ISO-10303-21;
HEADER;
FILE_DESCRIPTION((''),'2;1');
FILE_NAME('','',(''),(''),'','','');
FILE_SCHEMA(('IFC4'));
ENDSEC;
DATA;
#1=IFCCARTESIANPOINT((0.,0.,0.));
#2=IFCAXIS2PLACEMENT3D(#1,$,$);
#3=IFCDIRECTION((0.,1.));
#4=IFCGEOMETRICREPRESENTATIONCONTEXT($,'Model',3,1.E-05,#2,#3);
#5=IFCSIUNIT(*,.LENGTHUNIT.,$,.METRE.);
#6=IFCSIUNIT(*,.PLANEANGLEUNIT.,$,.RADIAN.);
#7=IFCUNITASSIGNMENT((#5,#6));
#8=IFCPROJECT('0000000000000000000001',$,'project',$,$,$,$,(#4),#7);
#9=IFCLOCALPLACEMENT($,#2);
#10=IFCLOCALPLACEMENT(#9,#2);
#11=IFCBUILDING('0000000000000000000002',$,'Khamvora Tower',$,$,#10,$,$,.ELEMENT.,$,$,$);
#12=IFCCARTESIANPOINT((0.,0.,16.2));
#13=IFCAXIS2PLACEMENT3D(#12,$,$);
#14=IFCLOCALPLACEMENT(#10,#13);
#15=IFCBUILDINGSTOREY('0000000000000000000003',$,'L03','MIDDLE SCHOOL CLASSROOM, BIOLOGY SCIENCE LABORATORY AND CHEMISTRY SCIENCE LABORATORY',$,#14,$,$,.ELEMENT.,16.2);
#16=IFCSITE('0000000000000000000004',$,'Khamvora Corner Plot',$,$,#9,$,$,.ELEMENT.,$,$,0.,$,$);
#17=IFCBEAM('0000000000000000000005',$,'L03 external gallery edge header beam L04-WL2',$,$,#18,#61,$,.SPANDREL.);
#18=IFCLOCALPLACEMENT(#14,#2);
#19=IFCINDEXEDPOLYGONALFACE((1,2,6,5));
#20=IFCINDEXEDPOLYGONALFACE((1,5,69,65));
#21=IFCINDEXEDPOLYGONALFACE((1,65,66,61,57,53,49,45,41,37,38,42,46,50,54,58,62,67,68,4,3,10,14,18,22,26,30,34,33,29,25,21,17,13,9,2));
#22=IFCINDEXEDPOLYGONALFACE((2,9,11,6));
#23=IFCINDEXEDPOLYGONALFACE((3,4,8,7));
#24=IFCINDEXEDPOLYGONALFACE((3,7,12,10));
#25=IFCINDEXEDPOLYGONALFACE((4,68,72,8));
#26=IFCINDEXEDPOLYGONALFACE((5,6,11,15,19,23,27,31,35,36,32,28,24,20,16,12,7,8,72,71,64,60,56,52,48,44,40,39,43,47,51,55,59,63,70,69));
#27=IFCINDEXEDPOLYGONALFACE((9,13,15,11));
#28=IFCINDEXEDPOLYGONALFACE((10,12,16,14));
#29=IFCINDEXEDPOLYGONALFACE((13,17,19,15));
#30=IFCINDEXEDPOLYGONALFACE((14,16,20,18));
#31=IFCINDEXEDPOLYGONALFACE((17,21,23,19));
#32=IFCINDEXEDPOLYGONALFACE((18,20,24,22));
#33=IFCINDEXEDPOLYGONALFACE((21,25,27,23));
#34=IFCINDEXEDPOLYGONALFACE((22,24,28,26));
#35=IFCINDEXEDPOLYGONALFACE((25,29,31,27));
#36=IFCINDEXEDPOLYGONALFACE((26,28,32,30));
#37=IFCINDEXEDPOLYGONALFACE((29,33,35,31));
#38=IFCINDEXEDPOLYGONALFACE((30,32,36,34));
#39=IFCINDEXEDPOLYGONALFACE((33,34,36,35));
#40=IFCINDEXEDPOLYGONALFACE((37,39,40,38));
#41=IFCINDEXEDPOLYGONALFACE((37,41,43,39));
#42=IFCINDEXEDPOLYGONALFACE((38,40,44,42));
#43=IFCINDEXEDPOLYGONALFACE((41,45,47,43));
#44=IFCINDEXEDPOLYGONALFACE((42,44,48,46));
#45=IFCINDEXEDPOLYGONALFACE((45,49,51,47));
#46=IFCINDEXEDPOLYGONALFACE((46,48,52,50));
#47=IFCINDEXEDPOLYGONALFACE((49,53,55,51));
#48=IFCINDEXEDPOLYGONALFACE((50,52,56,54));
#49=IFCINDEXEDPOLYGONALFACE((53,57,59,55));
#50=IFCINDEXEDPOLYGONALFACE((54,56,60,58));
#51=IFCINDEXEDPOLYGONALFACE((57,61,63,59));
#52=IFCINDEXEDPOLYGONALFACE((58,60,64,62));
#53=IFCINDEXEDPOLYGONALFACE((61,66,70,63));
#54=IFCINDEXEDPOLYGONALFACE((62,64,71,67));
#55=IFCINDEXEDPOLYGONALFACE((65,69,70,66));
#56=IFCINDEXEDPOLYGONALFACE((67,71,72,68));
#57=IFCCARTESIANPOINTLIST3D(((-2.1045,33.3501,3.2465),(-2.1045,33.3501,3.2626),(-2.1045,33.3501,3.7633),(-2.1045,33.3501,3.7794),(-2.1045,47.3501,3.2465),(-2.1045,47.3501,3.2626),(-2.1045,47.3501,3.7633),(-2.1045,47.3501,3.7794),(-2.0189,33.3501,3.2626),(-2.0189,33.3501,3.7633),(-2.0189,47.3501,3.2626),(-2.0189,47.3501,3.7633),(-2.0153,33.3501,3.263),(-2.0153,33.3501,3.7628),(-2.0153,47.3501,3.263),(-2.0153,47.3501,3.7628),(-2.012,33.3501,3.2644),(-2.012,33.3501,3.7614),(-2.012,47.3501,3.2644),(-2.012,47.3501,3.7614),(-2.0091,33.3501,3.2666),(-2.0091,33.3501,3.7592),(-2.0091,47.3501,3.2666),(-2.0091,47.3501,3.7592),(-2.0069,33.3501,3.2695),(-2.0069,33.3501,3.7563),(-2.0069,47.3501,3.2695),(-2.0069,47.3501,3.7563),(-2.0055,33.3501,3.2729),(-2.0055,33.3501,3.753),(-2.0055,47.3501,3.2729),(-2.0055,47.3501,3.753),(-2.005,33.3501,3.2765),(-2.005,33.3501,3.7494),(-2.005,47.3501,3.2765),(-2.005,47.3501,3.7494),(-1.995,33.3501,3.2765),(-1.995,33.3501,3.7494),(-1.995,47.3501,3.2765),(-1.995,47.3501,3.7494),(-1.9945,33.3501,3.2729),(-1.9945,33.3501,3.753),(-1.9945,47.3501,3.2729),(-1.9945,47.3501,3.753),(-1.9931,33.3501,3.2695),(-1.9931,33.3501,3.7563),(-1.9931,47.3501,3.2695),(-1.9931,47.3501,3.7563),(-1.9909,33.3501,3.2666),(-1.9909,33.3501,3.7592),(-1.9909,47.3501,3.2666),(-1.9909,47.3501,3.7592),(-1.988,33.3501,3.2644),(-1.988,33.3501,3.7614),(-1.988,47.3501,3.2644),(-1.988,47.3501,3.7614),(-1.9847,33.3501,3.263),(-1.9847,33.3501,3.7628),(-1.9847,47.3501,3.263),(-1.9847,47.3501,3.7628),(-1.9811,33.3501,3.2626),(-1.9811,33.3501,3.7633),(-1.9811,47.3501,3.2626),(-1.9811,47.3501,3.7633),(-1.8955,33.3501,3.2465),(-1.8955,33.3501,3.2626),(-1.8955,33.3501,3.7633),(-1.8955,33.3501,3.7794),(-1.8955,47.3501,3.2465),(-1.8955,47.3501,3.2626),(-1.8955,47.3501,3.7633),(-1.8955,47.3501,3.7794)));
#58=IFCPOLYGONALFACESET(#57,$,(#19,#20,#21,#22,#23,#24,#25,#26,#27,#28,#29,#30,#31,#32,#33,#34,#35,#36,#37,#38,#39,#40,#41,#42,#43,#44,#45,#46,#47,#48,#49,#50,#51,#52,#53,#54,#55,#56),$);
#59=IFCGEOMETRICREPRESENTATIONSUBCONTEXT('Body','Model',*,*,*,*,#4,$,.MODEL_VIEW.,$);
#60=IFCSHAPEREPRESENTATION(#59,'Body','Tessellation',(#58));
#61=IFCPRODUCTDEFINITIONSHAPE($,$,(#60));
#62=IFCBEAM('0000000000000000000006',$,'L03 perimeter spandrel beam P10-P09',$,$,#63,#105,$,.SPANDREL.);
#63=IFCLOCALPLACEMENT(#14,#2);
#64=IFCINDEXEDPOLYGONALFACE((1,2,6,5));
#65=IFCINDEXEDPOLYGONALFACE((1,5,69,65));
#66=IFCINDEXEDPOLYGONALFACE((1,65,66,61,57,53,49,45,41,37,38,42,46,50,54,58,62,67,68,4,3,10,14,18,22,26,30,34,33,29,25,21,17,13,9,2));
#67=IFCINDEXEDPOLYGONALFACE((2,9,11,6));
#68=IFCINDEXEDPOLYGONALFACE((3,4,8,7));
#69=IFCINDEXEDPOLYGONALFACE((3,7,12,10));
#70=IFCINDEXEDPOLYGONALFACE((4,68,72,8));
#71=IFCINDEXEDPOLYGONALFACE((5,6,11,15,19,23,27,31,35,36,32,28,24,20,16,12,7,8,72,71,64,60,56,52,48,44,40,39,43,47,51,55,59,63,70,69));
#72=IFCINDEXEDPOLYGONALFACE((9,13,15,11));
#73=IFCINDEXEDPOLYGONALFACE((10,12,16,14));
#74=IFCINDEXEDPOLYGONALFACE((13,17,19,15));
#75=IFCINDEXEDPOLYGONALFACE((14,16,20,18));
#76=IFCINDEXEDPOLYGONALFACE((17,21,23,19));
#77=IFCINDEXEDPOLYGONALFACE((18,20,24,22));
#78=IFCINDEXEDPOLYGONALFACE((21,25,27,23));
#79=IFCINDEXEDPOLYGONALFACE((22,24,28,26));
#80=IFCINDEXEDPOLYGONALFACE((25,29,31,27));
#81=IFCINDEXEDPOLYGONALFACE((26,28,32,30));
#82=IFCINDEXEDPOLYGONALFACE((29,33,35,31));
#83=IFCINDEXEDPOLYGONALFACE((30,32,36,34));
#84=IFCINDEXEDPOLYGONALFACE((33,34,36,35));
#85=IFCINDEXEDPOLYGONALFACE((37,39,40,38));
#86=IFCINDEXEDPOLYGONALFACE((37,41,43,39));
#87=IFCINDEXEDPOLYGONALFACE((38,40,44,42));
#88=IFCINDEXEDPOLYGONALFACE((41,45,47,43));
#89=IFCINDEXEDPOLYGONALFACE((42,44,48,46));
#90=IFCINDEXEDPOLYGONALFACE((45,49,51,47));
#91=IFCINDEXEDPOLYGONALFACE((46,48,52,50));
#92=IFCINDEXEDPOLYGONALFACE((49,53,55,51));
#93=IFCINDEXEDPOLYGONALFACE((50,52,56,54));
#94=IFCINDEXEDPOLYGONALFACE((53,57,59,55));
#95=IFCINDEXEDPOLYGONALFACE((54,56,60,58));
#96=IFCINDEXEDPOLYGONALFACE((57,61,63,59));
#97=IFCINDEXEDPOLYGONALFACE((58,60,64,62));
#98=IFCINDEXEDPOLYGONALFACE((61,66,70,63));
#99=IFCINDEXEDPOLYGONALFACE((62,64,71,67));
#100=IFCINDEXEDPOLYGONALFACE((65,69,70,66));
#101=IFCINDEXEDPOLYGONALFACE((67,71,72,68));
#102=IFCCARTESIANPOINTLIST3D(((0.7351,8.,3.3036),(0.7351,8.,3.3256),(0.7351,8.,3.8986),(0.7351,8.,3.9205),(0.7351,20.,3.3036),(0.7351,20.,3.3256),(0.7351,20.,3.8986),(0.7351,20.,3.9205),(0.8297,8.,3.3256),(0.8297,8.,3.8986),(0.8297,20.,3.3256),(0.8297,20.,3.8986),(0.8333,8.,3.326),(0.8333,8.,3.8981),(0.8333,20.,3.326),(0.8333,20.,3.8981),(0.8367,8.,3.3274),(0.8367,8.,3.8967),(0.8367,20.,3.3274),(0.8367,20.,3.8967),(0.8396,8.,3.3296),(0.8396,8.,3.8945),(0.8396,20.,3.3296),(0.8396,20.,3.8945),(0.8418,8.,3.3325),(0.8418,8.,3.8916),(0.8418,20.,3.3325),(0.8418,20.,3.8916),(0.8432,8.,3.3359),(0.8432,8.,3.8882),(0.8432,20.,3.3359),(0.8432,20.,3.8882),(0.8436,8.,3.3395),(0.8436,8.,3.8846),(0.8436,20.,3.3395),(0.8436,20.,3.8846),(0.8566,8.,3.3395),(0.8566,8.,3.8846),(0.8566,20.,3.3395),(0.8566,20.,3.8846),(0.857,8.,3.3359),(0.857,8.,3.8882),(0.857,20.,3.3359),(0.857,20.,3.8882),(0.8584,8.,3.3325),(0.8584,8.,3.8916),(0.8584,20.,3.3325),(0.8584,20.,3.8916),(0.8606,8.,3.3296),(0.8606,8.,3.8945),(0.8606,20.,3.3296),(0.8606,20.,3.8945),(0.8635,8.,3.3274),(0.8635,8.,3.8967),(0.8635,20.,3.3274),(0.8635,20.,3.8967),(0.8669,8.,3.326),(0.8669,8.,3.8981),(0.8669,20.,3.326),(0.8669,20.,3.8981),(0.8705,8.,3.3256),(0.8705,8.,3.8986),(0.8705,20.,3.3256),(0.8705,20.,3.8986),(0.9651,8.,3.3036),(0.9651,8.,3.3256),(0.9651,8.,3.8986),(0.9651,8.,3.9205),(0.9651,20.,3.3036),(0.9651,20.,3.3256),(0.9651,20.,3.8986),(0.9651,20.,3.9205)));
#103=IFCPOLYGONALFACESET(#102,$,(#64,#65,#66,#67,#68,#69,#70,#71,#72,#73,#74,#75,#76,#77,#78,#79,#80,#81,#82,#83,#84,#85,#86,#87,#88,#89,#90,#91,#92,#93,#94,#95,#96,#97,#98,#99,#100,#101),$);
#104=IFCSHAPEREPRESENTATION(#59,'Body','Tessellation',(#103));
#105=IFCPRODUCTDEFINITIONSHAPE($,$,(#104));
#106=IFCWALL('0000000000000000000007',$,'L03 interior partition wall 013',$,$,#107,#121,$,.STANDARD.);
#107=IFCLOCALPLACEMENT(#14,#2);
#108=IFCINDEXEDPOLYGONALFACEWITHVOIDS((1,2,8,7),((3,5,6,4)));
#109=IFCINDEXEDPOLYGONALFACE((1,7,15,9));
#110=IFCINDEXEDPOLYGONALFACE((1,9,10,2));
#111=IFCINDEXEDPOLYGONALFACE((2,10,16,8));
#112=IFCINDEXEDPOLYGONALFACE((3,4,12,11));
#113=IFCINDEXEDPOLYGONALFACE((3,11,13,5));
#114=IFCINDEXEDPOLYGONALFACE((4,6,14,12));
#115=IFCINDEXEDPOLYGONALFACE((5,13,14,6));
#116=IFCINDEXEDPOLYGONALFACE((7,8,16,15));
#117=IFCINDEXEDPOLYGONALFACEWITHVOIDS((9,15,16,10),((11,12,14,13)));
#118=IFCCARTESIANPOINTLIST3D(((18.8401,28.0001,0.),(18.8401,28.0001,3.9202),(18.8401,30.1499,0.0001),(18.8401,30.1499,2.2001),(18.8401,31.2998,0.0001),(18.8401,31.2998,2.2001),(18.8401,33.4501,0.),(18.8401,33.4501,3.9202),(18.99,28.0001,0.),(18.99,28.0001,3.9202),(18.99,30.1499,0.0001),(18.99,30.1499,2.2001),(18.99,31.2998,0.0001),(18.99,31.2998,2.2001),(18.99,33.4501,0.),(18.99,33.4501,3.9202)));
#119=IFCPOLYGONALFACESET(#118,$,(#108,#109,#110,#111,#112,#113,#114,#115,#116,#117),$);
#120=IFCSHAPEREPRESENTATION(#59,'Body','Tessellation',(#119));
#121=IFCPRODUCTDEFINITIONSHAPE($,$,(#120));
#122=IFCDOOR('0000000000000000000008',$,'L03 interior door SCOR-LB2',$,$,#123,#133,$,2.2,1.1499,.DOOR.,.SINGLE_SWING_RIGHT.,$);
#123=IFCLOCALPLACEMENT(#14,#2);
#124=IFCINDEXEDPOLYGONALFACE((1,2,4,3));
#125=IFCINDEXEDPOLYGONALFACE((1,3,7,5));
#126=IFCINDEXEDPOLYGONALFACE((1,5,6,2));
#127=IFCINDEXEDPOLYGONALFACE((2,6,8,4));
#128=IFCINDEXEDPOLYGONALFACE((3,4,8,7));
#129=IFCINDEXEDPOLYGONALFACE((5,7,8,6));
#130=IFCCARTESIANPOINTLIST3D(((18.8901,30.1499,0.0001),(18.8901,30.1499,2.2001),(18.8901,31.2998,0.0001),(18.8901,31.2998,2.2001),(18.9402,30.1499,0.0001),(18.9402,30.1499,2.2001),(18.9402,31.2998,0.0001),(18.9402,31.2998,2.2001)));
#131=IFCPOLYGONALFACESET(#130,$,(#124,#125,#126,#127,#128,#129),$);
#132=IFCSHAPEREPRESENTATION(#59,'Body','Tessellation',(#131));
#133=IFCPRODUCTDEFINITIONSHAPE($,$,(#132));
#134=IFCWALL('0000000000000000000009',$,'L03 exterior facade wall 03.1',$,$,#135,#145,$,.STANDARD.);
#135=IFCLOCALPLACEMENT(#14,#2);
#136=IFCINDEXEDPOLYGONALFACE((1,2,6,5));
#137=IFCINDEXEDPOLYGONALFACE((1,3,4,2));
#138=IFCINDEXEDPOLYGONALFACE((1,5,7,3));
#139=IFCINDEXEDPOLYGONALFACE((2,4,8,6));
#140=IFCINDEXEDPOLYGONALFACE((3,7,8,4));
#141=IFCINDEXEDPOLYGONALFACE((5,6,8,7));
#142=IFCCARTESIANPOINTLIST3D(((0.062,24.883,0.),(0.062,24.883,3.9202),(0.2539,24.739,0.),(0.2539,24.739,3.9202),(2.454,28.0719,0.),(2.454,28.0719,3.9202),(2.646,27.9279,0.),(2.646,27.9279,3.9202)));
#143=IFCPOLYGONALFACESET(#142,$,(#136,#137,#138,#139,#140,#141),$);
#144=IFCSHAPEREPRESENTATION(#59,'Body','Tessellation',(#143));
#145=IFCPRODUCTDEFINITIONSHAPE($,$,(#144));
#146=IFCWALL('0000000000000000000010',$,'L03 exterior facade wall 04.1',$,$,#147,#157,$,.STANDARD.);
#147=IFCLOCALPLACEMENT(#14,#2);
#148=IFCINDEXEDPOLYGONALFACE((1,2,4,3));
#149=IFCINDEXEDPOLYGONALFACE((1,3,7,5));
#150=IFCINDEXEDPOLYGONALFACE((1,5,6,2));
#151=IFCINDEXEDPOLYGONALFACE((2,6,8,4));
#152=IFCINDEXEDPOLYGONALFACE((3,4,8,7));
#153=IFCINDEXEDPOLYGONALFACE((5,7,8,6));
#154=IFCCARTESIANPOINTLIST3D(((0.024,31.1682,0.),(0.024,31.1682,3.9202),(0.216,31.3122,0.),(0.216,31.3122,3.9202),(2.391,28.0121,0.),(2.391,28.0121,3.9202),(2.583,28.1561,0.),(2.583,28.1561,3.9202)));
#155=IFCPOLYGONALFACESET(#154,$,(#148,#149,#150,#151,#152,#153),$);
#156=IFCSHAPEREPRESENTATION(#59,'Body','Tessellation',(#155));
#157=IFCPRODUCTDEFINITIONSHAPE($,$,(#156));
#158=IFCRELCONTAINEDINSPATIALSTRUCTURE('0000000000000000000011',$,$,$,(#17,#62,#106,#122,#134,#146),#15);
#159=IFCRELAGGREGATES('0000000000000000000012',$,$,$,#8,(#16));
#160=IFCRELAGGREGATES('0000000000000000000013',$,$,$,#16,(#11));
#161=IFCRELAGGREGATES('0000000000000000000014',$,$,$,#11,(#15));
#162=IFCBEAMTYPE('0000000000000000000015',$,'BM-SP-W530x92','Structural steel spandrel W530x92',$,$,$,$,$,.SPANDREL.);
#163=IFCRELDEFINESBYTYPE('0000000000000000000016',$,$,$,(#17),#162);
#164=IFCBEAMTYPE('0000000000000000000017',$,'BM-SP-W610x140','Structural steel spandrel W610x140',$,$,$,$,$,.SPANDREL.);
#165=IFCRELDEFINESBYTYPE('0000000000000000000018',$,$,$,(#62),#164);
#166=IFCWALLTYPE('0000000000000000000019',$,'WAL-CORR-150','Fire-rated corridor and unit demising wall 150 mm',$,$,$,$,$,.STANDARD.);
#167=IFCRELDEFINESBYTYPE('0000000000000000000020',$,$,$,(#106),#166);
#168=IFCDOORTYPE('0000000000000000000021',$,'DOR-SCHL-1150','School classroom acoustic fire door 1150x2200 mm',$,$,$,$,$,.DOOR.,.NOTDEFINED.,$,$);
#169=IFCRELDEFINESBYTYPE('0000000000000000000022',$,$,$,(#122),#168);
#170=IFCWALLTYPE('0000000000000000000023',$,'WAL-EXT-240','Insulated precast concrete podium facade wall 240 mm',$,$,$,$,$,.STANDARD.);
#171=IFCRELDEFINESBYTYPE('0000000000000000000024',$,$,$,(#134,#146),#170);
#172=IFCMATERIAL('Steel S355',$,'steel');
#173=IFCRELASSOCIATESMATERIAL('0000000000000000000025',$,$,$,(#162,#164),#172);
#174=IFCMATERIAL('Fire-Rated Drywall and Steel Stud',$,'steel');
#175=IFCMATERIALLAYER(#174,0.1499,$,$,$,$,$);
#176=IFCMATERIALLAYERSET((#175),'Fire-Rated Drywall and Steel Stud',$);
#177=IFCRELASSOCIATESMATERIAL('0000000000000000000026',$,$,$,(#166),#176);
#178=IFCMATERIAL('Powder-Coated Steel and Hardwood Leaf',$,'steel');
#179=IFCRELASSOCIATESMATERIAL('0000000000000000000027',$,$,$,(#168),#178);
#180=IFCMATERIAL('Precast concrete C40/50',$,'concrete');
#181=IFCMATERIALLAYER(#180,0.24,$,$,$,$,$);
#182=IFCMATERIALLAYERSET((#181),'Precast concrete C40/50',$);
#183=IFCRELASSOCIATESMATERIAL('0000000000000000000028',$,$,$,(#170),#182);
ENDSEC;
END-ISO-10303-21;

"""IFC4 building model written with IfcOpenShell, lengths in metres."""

from ifc_helpers import new_model, si_unit, direction, frame, frame_2d, origin, origin_2d, place, context, subcontext, project, spatial, rectangle, i_section, extrude, material, layer, layer_set, material_profile, profile_set, type_object, element, fill, save


model = new_model("IFC4")

# Units and contexts
model_context = context("Model", 3, precision=1e-05, world=origin(), true_north=direction((0.0, 1.0)))
body_context = subcontext(model_context, "Body", "Model", "MODEL_VIEW")
ifc_project = project(units=[si_unit("LENGTHUNIT", "METRE"), si_unit("PLANEANGLEUNIT", "RADIAN")], contexts=[model_context])

# Site, building, storey
site_placement = place(None, origin())
site = spatial("IfcSite", under=ifc_project, at=site_placement, Name="Khamvora Corner Plot", CompositionType="ELEMENT", RefElevation=0.0)
building_placement = place(site_placement, origin())
building = spatial("IfcBuilding", under=site, at=building_placement, Name="Khamvora Tower", CompositionType="ELEMENT")
storey_placement = place(building_placement, frame((0.0, 0.0, 16.2)))
storey = spatial("IfcBuildingStorey", under=building, at=storey_placement, Name="L03", Description="MIDDLE SCHOOL CLASSROOM, BIOLOGY SCIENCE LABORATORY AND CHEMISTRY SCIENCE LABORATORY", CompositionType="ELEMENT", Elevation=16.2)

# Beams
ifc_material_1 = material(Name="Steel S355", Category="steel")
ifc_material_profile_1 = material_profile(ifc_material_1, i_section(OverallWidth=0.209, OverallDepth=0.533, WebThickness=0.01, FlangeThickness=0.0161, FilletRadius=0.0139, at=origin_2d()), Name="W530x92")
ifc_profile_set_1 = profile_set([ifc_material_profile_1], Name="Steel S355")
beam_type_1 = type_object("IfcBeamType", Name="BM-SP-W530x92", Description="Structural steel spandrel W530x92", PredefinedType="SPANDREL", material=ifc_profile_set_1)
beam_1_placement = place(storey_placement, frame((-2.0, 33.3501, 3.5129), z_axis=(0.0, 1.0, 0.0), x_axis=(-1.0, 0.0, 0.0)))
element("IfcBeam", 1, at=beam_1_placement, inside=storey, type_object=beam_type_1, Name="L03 external gallery edge header beam L04-WL2", PredefinedType="SPANDREL", context=body_context, shape_type="SweptSolid", body=[
    extrude(i_section(OverallWidth=0.209, OverallDepth=0.533, WebThickness=0.01, FlangeThickness=0.0161, FilletRadius=0.0139, at=origin_2d()), origin(), (0.0, 0.0, 1.0), 14.0),
])
ifc_material_profile_2 = material_profile(ifc_material_1, i_section(OverallWidth=0.23, OverallDepth=0.6169, WebThickness=0.0129, FlangeThickness=0.022, FilletRadius=0.0139, at=origin_2d()), Name="W610x140")
ifc_profile_set_2 = profile_set([ifc_material_profile_2], Name="Steel S355")
beam_type_2 = type_object("IfcBeamType", Name="BM-SP-W610x140", Description="Structural steel spandrel W610x140", PredefinedType="SPANDREL", material=ifc_profile_set_2)
beam_2_placement = place(storey_placement, frame((0.8501, 20.0, 3.6121), z_axis=(0.0, -1.0, 0.0), x_axis=(1.0, 0.0, 0.0)))
element("IfcBeam", 2, at=beam_2_placement, inside=storey, type_object=beam_type_2, Name="L03 perimeter spandrel beam P10-P09", PredefinedType="SPANDREL", context=body_context, shape_type="SweptSolid", body=[
    extrude(i_section(OverallWidth=0.23, OverallDepth=0.6169, WebThickness=0.0129, FlangeThickness=0.022, FilletRadius=0.0139, at=origin_2d()), origin(), (0.0, 0.0, 1.0), 12.0),
])

# Wall, opening, door
ifc_material_2 = material(Name="Fire-Rated Drywall and Steel Stud", Category="steel")
ifc_layer_1 = layer(ifc_material_2, 0.1499)
ifc_layer_set_1 = layer_set([ifc_layer_1], Name="Fire-Rated Drywall and Steel Stud")
wall_type_1 = type_object("IfcWallType", Name="WAL-CORR-150", Description="Fire-rated corridor and unit demising wall 150 mm", PredefinedType="STANDARD", material=ifc_layer_set_1)
wall_1_placement = place(storey_placement, frame((18.915, 28.0, 0.0), z_axis=(0.0, 0.0, 1.0), x_axis=(0.0, 1.0, 0.0)))
wall_1 = element("IfcWall", 3, at=wall_1_placement, inside=storey, type_object=wall_type_1, Name="L03 interior partition wall 013", PredefinedType="STANDARD", context=body_context, shape_type="SweptSolid", body=[
    extrude(rectangle(XDim=5.45, YDim=0.1499, at=frame_2d((2.7251, 0.0))), origin(), (0.0, 0.0, 1.0), 3.9202),
])
opening_1_placement = place(wall_1_placement, frame((2.1499, 0.0, 0.0)))
opening_1 = element("IfcOpeningElement", 4, at=opening_1_placement, cuts=wall_1, PredefinedType="OPENING", context=body_context, shape_type="SweptSolid", body=[
    extrude(rectangle(XDim=1.1499, YDim=2.2, at=frame_2d((0.575, 1.1001))), frame((0.0, 0.085, 0.0), z_axis=(0.0, -1.0, 0.0), x_axis=(1.0, 0.0, 0.0)), (0.0, 0.0, 1.0), 0.1699),
])
ifc_material_3 = material(Name="Powder-Coated Steel and Hardwood Leaf", Category="steel")
door_type_1 = type_object("IfcDoorType", Name="DOR-SCHL-1150", Description="School classroom acoustic fire door 1150x2200 mm", OperationType="NOTDEFINED", PredefinedType="DOOR", material=ifc_material_3)
door_1_placement = place(opening_1_placement, origin())
door_1 = element("IfcDoor", 5, at=door_1_placement, inside=storey, type_object=door_type_1, Name="L03 interior door SCOR-LB2", OperationType="SINGLE_SWING_RIGHT", OverallHeight=2.2, OverallWidth=1.1499, PredefinedType="DOOR", context=body_context, shape_type="SweptSolid", body=[
    extrude(rectangle(XDim=1.1499, YDim=2.2, at=frame_2d((0.575, 1.1001))), frame((0.0, 0.0249, 0.0), z_axis=(0.0, -1.0, 0.0), x_axis=(1.0, 0.0, 0.0)), (0.0, 0.0, 1.0), 0.05),
])
fill(opening_1, door_1)

# Walls
ifc_material_4 = material(Name="Precast concrete C40/50", Category="concrete")
ifc_layer_2 = layer(ifc_material_4, 0.24)
ifc_layer_set_2 = layer_set([ifc_layer_2], Name="Precast concrete C40/50")
wall_type_2 = type_object("IfcWallType", Name="WAL-EXT-240", Description="Insulated precast concrete podium facade wall 240 mm", PredefinedType="STANDARD", material=ifc_layer_set_2)
wall_2_placement = place(storey_placement, frame((0.158, 24.811, 0.0), z_axis=(0.0, 0.0, 1.0), x_axis=(0.600059, 0.799956, 0.0)))
element("IfcWall", 6, at=wall_2_placement, inside=storey, type_object=wall_type_2, Name="L03 exterior facade wall 03.1", PredefinedType="STANDARD", context=body_context, shape_type="SweptSolid", body=[
    extrude(rectangle(XDim=3.9863, YDim=0.24, at=frame_2d((1.9932, 0.0))), origin(), (0.0, 0.0, 1.0), 3.9202),
])
wall_3_placement = place(storey_placement, frame((2.4871, 28.084, 0.0), z_axis=(0.0, 0.0, 1.0), x_axis=(-0.59999, 0.800007, 0.0)))
element("IfcWall", 7, at=wall_3_placement, inside=storey, type_object=wall_type_2, Name="L03 exterior facade wall 04.1", PredefinedType="STANDARD", context=body_context, shape_type="SweptSolid", body=[
    extrude(rectangle(XDim=3.9451, YDim=0.24, at=frame_2d((1.9727, 0.0))), origin(), (0.0, 0.0, 1.0), 3.9202),
])

save(model, "model.ifc")
